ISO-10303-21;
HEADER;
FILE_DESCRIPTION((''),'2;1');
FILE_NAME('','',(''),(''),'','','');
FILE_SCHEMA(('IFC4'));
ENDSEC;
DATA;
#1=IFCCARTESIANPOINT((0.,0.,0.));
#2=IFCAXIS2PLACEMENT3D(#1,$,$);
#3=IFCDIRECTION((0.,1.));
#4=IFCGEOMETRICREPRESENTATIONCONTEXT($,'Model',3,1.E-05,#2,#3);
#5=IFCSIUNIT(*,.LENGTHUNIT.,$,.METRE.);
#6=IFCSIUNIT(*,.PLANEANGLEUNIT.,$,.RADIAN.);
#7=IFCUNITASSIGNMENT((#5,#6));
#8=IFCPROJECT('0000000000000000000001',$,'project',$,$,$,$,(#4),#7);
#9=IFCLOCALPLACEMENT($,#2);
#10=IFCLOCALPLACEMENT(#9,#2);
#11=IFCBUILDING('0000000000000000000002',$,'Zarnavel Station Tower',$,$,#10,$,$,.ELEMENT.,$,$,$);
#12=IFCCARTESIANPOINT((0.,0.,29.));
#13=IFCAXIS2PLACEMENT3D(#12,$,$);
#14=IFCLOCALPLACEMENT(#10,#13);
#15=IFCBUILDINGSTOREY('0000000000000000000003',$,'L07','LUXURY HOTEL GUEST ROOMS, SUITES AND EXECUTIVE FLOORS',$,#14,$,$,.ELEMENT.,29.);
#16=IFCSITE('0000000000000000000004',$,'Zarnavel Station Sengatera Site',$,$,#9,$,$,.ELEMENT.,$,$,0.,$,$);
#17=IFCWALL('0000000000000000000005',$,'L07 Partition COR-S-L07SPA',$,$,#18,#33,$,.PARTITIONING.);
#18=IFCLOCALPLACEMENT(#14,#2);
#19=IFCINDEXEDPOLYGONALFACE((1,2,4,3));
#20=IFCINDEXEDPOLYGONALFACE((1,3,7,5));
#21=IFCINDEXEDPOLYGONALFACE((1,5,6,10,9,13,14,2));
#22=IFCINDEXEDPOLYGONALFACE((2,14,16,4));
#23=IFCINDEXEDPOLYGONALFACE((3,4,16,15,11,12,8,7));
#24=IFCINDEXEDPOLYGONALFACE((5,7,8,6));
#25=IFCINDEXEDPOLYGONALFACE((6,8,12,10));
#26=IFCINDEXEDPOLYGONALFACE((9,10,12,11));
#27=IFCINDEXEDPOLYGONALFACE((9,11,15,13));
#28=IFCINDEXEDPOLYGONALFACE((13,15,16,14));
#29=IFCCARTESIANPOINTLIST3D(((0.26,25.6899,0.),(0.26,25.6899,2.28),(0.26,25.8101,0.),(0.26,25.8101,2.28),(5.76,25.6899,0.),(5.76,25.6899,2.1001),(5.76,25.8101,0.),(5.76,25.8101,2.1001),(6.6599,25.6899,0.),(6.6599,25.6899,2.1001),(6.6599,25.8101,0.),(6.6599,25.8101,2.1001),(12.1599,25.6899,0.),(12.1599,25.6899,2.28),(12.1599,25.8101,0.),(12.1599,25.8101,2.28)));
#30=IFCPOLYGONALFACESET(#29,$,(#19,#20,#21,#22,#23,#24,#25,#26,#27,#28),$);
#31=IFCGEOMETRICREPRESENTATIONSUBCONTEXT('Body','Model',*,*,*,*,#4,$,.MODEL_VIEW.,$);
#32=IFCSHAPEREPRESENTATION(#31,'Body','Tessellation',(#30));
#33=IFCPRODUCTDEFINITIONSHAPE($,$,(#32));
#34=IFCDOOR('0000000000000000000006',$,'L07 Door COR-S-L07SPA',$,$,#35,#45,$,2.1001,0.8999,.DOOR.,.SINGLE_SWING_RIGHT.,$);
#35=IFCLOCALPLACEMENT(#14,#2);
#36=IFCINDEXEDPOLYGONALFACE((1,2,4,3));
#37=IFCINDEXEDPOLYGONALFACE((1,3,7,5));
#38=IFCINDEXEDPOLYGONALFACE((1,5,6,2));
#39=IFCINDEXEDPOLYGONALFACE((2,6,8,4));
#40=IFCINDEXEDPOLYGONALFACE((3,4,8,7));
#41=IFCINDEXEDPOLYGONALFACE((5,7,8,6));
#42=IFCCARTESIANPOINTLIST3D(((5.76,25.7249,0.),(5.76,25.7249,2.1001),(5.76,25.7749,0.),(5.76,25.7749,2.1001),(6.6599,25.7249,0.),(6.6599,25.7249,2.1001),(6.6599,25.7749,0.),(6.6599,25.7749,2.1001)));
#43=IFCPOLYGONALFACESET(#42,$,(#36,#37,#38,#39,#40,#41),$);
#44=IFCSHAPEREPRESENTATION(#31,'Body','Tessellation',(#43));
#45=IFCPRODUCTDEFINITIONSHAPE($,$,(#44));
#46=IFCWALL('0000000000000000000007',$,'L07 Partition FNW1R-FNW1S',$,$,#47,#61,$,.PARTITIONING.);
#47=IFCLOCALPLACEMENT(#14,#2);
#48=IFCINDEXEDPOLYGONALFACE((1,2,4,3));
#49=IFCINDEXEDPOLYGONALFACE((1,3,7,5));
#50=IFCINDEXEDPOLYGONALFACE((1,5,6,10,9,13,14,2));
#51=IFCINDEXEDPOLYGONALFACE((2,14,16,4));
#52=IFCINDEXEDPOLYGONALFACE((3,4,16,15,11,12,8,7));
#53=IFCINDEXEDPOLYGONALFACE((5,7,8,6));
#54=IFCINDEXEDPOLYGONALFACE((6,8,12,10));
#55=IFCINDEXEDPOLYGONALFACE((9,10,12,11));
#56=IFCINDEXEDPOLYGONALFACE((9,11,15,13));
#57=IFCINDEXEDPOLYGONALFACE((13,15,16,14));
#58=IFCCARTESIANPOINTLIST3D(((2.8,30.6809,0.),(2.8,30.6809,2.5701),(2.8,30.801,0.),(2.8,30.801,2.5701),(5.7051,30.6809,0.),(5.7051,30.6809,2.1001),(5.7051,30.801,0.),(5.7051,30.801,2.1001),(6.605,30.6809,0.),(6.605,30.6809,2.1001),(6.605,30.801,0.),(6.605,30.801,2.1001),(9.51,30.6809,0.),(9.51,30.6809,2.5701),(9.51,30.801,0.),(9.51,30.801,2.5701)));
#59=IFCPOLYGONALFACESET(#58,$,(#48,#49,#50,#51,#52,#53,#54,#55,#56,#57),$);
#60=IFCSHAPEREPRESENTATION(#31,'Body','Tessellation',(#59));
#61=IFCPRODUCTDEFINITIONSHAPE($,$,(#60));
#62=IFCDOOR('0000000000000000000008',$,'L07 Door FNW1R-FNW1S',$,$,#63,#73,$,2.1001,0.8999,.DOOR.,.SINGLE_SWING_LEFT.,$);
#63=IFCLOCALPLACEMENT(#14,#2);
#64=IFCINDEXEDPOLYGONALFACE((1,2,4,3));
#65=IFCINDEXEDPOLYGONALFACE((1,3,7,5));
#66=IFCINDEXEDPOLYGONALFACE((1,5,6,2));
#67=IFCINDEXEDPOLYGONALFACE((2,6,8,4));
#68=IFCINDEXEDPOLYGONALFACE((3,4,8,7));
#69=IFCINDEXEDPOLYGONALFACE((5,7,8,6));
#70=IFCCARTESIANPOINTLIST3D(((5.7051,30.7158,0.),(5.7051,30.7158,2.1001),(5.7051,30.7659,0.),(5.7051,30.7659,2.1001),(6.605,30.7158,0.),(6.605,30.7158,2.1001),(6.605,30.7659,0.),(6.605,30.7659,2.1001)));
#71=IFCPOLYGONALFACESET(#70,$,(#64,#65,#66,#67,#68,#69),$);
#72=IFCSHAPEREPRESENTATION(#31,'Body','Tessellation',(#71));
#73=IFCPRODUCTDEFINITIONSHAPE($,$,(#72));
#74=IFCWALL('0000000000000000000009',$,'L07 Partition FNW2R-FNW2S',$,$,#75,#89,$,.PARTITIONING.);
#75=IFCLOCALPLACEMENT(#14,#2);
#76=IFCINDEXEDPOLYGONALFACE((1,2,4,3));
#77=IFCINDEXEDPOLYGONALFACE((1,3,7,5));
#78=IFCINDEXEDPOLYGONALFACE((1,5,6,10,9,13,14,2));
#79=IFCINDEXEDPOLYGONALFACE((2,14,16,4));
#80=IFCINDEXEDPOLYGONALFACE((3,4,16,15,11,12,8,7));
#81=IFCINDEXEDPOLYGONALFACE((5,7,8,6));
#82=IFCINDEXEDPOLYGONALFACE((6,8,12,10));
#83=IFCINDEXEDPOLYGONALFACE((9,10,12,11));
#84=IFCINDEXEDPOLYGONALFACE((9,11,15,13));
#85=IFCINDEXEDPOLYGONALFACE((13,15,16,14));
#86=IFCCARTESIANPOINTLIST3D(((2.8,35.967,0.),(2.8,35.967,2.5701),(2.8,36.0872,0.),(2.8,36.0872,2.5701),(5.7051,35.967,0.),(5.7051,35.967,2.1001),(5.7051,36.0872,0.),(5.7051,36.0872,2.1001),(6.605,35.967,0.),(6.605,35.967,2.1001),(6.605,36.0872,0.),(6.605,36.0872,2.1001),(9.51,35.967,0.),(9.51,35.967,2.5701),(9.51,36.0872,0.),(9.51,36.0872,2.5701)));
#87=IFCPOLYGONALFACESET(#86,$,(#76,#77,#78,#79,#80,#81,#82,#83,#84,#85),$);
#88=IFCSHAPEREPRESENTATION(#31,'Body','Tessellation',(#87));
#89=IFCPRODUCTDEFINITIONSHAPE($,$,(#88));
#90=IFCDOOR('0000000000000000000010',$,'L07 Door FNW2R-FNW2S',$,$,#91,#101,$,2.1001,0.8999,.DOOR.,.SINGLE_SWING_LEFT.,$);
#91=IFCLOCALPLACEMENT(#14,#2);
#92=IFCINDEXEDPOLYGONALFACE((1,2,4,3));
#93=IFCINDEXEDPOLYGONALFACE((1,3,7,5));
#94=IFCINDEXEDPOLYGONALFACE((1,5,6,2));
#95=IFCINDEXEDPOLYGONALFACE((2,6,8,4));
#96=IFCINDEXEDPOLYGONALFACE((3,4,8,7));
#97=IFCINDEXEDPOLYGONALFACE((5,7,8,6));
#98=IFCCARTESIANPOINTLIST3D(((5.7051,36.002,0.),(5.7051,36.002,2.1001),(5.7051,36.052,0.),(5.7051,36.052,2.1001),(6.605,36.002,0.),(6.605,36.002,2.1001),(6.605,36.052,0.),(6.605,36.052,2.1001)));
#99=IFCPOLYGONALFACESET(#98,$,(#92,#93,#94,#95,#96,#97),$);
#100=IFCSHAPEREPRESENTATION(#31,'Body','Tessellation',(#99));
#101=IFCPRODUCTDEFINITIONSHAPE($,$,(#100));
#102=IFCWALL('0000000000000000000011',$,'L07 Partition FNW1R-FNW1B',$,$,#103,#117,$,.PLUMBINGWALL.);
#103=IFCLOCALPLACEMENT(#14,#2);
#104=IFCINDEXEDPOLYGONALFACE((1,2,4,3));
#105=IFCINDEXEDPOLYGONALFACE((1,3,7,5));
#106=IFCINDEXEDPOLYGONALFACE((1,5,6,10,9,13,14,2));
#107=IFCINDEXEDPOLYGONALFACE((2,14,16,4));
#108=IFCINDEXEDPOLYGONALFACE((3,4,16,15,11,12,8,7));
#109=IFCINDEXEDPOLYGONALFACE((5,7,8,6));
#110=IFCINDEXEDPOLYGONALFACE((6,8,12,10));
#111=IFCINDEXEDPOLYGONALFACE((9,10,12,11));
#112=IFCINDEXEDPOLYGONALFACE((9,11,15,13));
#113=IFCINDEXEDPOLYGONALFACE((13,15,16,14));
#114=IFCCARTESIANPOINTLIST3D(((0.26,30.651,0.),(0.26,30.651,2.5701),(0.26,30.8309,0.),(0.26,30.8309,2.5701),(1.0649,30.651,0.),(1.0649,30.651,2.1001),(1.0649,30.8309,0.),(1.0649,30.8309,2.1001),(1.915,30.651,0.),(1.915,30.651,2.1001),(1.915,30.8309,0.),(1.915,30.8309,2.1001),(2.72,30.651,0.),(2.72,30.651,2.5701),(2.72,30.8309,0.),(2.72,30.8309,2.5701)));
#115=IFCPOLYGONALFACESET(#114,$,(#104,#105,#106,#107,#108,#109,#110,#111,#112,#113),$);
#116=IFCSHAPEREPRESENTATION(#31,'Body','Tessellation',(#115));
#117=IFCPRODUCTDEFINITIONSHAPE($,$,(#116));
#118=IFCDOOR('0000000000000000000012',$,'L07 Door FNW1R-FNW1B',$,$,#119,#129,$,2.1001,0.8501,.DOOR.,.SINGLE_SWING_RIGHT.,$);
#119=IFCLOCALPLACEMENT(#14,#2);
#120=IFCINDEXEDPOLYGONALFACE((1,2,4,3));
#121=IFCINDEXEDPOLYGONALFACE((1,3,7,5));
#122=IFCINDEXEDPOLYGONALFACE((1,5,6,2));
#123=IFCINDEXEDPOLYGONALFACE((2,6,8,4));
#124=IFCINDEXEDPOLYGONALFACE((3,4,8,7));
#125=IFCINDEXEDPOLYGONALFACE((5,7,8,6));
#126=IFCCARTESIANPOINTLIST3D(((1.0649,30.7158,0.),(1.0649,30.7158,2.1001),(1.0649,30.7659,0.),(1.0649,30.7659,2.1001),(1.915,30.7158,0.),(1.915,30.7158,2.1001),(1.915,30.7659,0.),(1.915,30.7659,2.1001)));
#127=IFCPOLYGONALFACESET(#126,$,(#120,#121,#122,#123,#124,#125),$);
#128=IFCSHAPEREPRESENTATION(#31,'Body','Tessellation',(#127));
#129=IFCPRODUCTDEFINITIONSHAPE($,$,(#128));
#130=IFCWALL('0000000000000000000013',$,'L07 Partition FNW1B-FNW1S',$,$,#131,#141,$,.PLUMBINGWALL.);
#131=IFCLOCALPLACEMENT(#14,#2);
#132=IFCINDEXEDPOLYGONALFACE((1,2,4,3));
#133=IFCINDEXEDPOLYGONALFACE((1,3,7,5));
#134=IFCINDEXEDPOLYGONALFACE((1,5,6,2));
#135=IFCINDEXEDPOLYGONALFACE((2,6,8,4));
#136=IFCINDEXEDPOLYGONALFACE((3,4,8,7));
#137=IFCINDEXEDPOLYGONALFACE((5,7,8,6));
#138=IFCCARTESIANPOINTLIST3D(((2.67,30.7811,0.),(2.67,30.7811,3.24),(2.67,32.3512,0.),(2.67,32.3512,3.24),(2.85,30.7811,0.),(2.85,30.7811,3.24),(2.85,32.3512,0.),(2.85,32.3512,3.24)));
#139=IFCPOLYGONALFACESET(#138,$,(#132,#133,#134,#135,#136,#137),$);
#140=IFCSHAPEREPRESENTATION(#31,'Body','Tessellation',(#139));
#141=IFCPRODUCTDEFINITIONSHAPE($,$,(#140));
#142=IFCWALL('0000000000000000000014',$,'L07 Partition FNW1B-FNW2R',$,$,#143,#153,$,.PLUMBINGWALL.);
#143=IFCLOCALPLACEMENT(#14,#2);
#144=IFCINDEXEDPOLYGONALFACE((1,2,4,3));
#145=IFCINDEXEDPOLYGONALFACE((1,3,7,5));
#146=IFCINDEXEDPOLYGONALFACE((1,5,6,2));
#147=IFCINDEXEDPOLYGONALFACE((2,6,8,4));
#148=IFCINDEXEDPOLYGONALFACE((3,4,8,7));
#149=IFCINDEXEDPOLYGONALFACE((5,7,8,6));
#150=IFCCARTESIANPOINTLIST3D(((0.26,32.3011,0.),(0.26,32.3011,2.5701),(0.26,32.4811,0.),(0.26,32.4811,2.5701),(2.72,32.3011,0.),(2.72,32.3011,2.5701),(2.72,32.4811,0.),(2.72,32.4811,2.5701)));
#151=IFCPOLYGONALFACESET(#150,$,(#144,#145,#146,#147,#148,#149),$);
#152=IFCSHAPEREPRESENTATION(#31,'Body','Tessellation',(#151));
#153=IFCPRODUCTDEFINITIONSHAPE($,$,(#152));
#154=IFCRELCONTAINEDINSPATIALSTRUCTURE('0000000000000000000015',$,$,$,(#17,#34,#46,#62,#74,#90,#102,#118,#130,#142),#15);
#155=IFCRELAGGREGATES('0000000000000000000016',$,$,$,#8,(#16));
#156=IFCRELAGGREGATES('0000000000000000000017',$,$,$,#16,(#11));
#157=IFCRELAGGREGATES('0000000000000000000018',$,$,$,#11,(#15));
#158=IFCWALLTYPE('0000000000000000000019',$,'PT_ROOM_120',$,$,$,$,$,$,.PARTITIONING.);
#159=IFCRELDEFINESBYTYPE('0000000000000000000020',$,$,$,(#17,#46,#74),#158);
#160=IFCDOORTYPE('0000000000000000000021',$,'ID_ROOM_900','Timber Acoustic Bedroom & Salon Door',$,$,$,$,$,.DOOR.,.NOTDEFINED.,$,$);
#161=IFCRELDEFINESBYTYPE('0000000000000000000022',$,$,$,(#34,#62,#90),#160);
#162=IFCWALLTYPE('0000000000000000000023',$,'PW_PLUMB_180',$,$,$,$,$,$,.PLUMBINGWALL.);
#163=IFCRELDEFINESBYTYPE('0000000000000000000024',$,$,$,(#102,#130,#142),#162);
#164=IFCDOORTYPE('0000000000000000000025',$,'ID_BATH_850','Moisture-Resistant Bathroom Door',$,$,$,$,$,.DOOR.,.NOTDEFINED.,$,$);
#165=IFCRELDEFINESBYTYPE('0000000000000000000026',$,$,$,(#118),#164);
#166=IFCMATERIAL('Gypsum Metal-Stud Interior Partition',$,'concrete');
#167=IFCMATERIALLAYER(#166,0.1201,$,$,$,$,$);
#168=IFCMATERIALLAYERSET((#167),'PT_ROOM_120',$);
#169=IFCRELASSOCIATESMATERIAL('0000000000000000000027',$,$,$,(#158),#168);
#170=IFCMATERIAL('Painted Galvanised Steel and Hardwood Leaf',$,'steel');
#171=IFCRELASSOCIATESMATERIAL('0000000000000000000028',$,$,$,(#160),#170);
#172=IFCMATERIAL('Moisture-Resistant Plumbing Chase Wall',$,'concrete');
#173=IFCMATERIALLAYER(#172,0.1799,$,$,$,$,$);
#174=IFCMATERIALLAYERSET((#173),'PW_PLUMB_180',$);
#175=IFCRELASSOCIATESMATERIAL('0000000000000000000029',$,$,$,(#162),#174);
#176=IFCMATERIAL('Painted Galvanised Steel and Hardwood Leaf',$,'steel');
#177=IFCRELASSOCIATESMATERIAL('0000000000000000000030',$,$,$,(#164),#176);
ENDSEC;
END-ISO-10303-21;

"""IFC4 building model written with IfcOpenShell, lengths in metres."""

from ifc_helpers import new_model, si_unit, direction, frame, frame_2d, origin, place, context, subcontext, project, spatial, rectangle, extrude, material, layer, layer_set, type_object, element, fill, save


model = new_model("IFC4")

# Units and contexts
model_context = context("Model", 3, precision=1e-05, world=origin(), true_north=direction((0.0, 1.0)))
body_context = subcontext(model_context, "Body", "Model", "MODEL_VIEW")
ifc_project = project(units=[si_unit("LENGTHUNIT", "METRE"), si_unit("PLANEANGLEUNIT", "RADIAN")], contexts=[model_context])

# Site, building, storey
site_placement = place(None, origin())
site = spatial("IfcSite", under=ifc_project, at=site_placement, Name="Zarnavel Station Sengatera Site", CompositionType="ELEMENT", RefElevation=0.0)
building_placement = place(site_placement, origin())
building = spatial("IfcBuilding", under=site, at=building_placement, Name="Zarnavel Station Tower", CompositionType="ELEMENT")
storey_placement = place(building_placement, frame((0.0, 0.0, 29.0)))
storey = spatial("IfcBuildingStorey", under=building, at=storey_placement, Name="L07", Description="LUXURY HOTEL GUEST ROOMS, SUITES AND EXECUTIVE FLOORS", CompositionType="ELEMENT", Elevation=29.0)

# Walls, openings, doors
ifc_material_1 = material(Name="Gypsum Metal-Stud Interior Partition", Category="concrete")
ifc_layer_1 = layer(ifc_material_1, 0.1201)
ifc_layer_set_1 = layer_set([ifc_layer_1], Name="PT_ROOM_120")
wall_type_1 = type_object("IfcWallType", Name="PT_ROOM_120", PredefinedType="PARTITIONING", material=ifc_layer_set_1)
wall_1_placement = place(storey_placement, frame((0.26, 25.75, 0.0), z_axis=(0.0, 0.0, 1.0), x_axis=(1.0, 0.0, 0.0)))
wall_1 = element("IfcWall", 1, at=wall_1_placement, inside=storey, type_object=wall_type_1, Name="L07 Partition COR-S-L07SPA", PredefinedType="PARTITIONING", context=body_context, shape_type="SweptSolid", body=[
    extrude(rectangle(XDim=11.8999, YDim=0.1201, at=frame_2d((5.95, 0.0))), origin(), (0.0, 0.0, 1.0), 2.28),
])
opening_1_placement = place(wall_1_placement, frame((5.5, 0.0, 0.0)))
opening_1 = element("IfcOpeningElement", 2, at=opening_1_placement, cuts=wall_1, PredefinedType="OPENING", context=body_context, shape_type="SweptSolid", body=[
    extrude(rectangle(XDim=0.8999, YDim=2.1001, at=frame_2d((0.45, 1.05))), frame((0.0, 0.0701, 0.0), z_axis=(0.0, -1.0, 0.0), x_axis=(1.0, 0.0, 0.0)), (0.0, 0.0, 1.0), 0.1401),
])
ifc_material_2 = material(Name="Painted Galvanised Steel and Hardwood Leaf", Category="steel")
door_type_1 = type_object("IfcDoorType", Name="ID_ROOM_900", Description="Timber Acoustic Bedroom & Salon Door", OperationType="NOTDEFINED", PredefinedType="DOOR", material=ifc_material_2)
door_1_placement = place(opening_1_placement, origin())
door_1 = element("IfcDoor", 3, at=door_1_placement, inside=storey, type_object=door_type_1, Name="L07 Door COR-S-L07SPA", OperationType="SINGLE_SWING_RIGHT", OverallHeight=2.1001, OverallWidth=0.8999, PredefinedType="DOOR", context=body_context, shape_type="SweptSolid", body=[
    extrude(rectangle(XDim=0.8999, YDim=2.1001, at=frame_2d((0.45, 1.05))), frame((0.0, 0.0249, 0.0), z_axis=(0.0, -1.0, 0.0), x_axis=(1.0, 0.0, 0.0)), (0.0, 0.0, 1.0), 0.05),
])
fill(opening_1, door_1)
wall_2_placement = place(storey_placement, frame((2.8, 30.741, 0.0), z_axis=(0.0, 0.0, 1.0), x_axis=(1.0, 0.0, 0.0)))
wall_2 = element("IfcWall", 4, at=wall_2_placement, inside=storey, type_object=wall_type_1, Name="L07 Partition FNW1R-FNW1S", PredefinedType="PARTITIONING", context=body_context, shape_type="SweptSolid", body=[
    extrude(rectangle(XDim=6.71, YDim=0.1201, at=frame_2d((3.355, 0.0))), origin(), (0.0, 0.0, 1.0), 2.5701),
])
opening_2_placement = place(wall_2_placement, frame((2.905, 0.0, 0.0)))
opening_2 = element("IfcOpeningElement", 5, at=opening_2_placement, cuts=wall_2, PredefinedType="OPENING", context=body_context, shape_type="SweptSolid", body=[
    extrude(rectangle(XDim=0.8999, YDim=2.1001, at=frame_2d((0.45, 1.05))), frame((0.0, 0.0701, 0.0), z_axis=(0.0, -1.0, 0.0), x_axis=(1.0, 0.0, 0.0)), (0.0, 0.0, 1.0), 0.1401),
])
door_2_placement = place(opening_2_placement, origin())
door_2 = element("IfcDoor", 6, at=door_2_placement, inside=storey, type_object=door_type_1, Name="L07 Door FNW1R-FNW1S", OperationType="SINGLE_SWING_LEFT", OverallHeight=2.1001, OverallWidth=0.8999, PredefinedType="DOOR", context=body_context, shape_type="SweptSolid", body=[
    extrude(rectangle(XDim=0.8999, YDim=2.1001, at=frame_2d((0.45, 1.05))), frame((0.0, 0.0249, 0.0), z_axis=(0.0, -1.0, 0.0), x_axis=(1.0, 0.0, 0.0)), (0.0, 0.0, 1.0), 0.05),
])
fill(opening_2, door_2)
wall_3_placement = place(storey_placement, frame((2.8, 36.0271, 0.0), z_axis=(0.0, 0.0, 1.0), x_axis=(1.0, 0.0, 0.0)))
wall_3 = element("IfcWall", 7, at=wall_3_placement, inside=storey, type_object=wall_type_1, Name="L07 Partition FNW2R-FNW2S", PredefinedType="PARTITIONING", context=body_context, shape_type="SweptSolid", body=[
    extrude(rectangle(XDim=6.71, YDim=0.1201, at=frame_2d((3.355, 0.0))), origin(), (0.0, 0.0, 1.0), 2.5701),
])
opening_3_placement = place(wall_3_placement, frame((2.905, 0.0, 0.0)))
opening_3 = element("IfcOpeningElement", 8, at=opening_3_placement, cuts=wall_3, PredefinedType="OPENING", context=body_context, shape_type="SweptSolid", body=[
    extrude(rectangle(XDim=0.8999, YDim=2.1001, at=frame_2d((0.45, 1.05))), frame((0.0, 0.0701, 0.0), z_axis=(0.0, -1.0, 0.0), x_axis=(1.0, 0.0, 0.0)), (0.0, 0.0, 1.0), 0.1401),
])
door_3_placement = place(opening_3_placement, origin())
door_3 = element("IfcDoor", 9, at=door_3_placement, inside=storey, type_object=door_type_1, Name="L07 Door FNW2R-FNW2S", OperationType="SINGLE_SWING_LEFT", OverallHeight=2.1001, OverallWidth=0.8999, PredefinedType="DOOR", context=body_context, shape_type="SweptSolid", body=[
    extrude(rectangle(XDim=0.8999, YDim=2.1001, at=frame_2d((0.45, 1.05))), frame((0.0, 0.0249, 0.0), z_axis=(0.0, -1.0, 0.0), x_axis=(1.0, 0.0, 0.0)), (0.0, 0.0, 1.0), 0.05),
])
fill(opening_3, door_3)
ifc_material_3 = material(Name="Moisture-Resistant Plumbing Chase Wall", Category="concrete")
ifc_layer_2 = layer(ifc_material_3, 0.1799)
ifc_layer_set_2 = layer_set([ifc_layer_2], Name="PW_PLUMB_180")
wall_type_2 = type_object("IfcWallType", Name="PW_PLUMB_180", PredefinedType="PLUMBINGWALL", material=ifc_layer_set_2)
wall_4_placement = place(storey_placement, frame((0.26, 30.741, 0.0), z_axis=(0.0, 0.0, 1.0), x_axis=(1.0, 0.0, 0.0)))
wall_4 = element("IfcWall", 10, at=wall_4_placement, inside=storey, type_object=wall_type_2, Name="L07 Partition FNW1R-FNW1B", PredefinedType="PLUMBINGWALL", context=body_context, shape_type="SweptSolid", body=[
    extrude(rectangle(XDim=2.46, YDim=0.1799, at=frame_2d((1.23, 0.0))), origin(), (0.0, 0.0, 1.0), 2.5701),
])
opening_4_placement = place(wall_4_placement, frame((0.8049, 0.0, 0.0)))
opening_4 = element("IfcOpeningElement", 11, at=opening_4_placement, cuts=wall_4, PredefinedType="OPENING", context=body_context, shape_type="SweptSolid", body=[
    extrude(rectangle(XDim=0.8501, YDim=2.1001, at=frame_2d((0.425, 1.05))), frame((0.0, 0.0999, 0.0), z_axis=(0.0, -1.0, 0.0), x_axis=(1.0, 0.0, 0.0)), (0.0, 0.0, 1.0), 0.2),
])
ifc_material_4 = material(Name="Painted Galvanised Steel and Hardwood Leaf", Category="steel")
door_type_2 = type_object("IfcDoorType", Name="ID_BATH_850", Description="Moisture-Resistant Bathroom Door", OperationType="NOTDEFINED", PredefinedType="DOOR", material=ifc_material_4)
door_4_placement = place(opening_4_placement, origin())
door_4 = element("IfcDoor", 12, at=door_4_placement, inside=storey, type_object=door_type_2, Name="L07 Door FNW1R-FNW1B", OperationType="SINGLE_SWING_RIGHT", OverallHeight=2.1001, OverallWidth=0.8501, PredefinedType="DOOR", context=body_context, shape_type="SweptSolid", body=[
    extrude(rectangle(XDim=0.8501, YDim=2.1001, at=frame_2d((0.425, 1.05))), frame((0.0, 0.0249, 0.0), z_axis=(0.0, -1.0, 0.0), x_axis=(1.0, 0.0, 0.0)), (0.0, 0.0, 1.0), 0.05),
])
fill(opening_4, door_4)

# Walls
wall_5_placement = place(storey_placement, frame((2.76, 30.781, 0.0), z_axis=(0.0, 0.0, 1.0), x_axis=(0.0, 1.0, 0.0)))
element("IfcWall", 13, at=wall_5_placement, inside=storey, type_object=wall_type_2, Name="L07 Partition FNW1B-FNW1S", PredefinedType="PLUMBINGWALL", context=body_context, shape_type="SweptSolid", body=[
    extrude(rectangle(XDim=1.5701, YDim=0.1799, at=frame_2d((0.7852, 0.0))), origin(), (0.0, 0.0, 1.0), 3.24),
])
wall_6_placement = place(storey_placement, frame((0.26, 32.3911, 0.0), z_axis=(0.0, 0.0, 1.0), x_axis=(1.0, 0.0, 0.0)))
element("IfcWall", 14, at=wall_6_placement, inside=storey, type_object=wall_type_2, Name="L07 Partition FNW1B-FNW2R", PredefinedType="PLUMBINGWALL", context=body_context, shape_type="SweptSolid", body=[
    extrude(rectangle(XDim=2.46, YDim=0.1799, at=frame_2d((1.23, 0.0))), origin(), (0.0, 0.0, 1.0), 2.5701),
])

save(model, "model.ifc")
